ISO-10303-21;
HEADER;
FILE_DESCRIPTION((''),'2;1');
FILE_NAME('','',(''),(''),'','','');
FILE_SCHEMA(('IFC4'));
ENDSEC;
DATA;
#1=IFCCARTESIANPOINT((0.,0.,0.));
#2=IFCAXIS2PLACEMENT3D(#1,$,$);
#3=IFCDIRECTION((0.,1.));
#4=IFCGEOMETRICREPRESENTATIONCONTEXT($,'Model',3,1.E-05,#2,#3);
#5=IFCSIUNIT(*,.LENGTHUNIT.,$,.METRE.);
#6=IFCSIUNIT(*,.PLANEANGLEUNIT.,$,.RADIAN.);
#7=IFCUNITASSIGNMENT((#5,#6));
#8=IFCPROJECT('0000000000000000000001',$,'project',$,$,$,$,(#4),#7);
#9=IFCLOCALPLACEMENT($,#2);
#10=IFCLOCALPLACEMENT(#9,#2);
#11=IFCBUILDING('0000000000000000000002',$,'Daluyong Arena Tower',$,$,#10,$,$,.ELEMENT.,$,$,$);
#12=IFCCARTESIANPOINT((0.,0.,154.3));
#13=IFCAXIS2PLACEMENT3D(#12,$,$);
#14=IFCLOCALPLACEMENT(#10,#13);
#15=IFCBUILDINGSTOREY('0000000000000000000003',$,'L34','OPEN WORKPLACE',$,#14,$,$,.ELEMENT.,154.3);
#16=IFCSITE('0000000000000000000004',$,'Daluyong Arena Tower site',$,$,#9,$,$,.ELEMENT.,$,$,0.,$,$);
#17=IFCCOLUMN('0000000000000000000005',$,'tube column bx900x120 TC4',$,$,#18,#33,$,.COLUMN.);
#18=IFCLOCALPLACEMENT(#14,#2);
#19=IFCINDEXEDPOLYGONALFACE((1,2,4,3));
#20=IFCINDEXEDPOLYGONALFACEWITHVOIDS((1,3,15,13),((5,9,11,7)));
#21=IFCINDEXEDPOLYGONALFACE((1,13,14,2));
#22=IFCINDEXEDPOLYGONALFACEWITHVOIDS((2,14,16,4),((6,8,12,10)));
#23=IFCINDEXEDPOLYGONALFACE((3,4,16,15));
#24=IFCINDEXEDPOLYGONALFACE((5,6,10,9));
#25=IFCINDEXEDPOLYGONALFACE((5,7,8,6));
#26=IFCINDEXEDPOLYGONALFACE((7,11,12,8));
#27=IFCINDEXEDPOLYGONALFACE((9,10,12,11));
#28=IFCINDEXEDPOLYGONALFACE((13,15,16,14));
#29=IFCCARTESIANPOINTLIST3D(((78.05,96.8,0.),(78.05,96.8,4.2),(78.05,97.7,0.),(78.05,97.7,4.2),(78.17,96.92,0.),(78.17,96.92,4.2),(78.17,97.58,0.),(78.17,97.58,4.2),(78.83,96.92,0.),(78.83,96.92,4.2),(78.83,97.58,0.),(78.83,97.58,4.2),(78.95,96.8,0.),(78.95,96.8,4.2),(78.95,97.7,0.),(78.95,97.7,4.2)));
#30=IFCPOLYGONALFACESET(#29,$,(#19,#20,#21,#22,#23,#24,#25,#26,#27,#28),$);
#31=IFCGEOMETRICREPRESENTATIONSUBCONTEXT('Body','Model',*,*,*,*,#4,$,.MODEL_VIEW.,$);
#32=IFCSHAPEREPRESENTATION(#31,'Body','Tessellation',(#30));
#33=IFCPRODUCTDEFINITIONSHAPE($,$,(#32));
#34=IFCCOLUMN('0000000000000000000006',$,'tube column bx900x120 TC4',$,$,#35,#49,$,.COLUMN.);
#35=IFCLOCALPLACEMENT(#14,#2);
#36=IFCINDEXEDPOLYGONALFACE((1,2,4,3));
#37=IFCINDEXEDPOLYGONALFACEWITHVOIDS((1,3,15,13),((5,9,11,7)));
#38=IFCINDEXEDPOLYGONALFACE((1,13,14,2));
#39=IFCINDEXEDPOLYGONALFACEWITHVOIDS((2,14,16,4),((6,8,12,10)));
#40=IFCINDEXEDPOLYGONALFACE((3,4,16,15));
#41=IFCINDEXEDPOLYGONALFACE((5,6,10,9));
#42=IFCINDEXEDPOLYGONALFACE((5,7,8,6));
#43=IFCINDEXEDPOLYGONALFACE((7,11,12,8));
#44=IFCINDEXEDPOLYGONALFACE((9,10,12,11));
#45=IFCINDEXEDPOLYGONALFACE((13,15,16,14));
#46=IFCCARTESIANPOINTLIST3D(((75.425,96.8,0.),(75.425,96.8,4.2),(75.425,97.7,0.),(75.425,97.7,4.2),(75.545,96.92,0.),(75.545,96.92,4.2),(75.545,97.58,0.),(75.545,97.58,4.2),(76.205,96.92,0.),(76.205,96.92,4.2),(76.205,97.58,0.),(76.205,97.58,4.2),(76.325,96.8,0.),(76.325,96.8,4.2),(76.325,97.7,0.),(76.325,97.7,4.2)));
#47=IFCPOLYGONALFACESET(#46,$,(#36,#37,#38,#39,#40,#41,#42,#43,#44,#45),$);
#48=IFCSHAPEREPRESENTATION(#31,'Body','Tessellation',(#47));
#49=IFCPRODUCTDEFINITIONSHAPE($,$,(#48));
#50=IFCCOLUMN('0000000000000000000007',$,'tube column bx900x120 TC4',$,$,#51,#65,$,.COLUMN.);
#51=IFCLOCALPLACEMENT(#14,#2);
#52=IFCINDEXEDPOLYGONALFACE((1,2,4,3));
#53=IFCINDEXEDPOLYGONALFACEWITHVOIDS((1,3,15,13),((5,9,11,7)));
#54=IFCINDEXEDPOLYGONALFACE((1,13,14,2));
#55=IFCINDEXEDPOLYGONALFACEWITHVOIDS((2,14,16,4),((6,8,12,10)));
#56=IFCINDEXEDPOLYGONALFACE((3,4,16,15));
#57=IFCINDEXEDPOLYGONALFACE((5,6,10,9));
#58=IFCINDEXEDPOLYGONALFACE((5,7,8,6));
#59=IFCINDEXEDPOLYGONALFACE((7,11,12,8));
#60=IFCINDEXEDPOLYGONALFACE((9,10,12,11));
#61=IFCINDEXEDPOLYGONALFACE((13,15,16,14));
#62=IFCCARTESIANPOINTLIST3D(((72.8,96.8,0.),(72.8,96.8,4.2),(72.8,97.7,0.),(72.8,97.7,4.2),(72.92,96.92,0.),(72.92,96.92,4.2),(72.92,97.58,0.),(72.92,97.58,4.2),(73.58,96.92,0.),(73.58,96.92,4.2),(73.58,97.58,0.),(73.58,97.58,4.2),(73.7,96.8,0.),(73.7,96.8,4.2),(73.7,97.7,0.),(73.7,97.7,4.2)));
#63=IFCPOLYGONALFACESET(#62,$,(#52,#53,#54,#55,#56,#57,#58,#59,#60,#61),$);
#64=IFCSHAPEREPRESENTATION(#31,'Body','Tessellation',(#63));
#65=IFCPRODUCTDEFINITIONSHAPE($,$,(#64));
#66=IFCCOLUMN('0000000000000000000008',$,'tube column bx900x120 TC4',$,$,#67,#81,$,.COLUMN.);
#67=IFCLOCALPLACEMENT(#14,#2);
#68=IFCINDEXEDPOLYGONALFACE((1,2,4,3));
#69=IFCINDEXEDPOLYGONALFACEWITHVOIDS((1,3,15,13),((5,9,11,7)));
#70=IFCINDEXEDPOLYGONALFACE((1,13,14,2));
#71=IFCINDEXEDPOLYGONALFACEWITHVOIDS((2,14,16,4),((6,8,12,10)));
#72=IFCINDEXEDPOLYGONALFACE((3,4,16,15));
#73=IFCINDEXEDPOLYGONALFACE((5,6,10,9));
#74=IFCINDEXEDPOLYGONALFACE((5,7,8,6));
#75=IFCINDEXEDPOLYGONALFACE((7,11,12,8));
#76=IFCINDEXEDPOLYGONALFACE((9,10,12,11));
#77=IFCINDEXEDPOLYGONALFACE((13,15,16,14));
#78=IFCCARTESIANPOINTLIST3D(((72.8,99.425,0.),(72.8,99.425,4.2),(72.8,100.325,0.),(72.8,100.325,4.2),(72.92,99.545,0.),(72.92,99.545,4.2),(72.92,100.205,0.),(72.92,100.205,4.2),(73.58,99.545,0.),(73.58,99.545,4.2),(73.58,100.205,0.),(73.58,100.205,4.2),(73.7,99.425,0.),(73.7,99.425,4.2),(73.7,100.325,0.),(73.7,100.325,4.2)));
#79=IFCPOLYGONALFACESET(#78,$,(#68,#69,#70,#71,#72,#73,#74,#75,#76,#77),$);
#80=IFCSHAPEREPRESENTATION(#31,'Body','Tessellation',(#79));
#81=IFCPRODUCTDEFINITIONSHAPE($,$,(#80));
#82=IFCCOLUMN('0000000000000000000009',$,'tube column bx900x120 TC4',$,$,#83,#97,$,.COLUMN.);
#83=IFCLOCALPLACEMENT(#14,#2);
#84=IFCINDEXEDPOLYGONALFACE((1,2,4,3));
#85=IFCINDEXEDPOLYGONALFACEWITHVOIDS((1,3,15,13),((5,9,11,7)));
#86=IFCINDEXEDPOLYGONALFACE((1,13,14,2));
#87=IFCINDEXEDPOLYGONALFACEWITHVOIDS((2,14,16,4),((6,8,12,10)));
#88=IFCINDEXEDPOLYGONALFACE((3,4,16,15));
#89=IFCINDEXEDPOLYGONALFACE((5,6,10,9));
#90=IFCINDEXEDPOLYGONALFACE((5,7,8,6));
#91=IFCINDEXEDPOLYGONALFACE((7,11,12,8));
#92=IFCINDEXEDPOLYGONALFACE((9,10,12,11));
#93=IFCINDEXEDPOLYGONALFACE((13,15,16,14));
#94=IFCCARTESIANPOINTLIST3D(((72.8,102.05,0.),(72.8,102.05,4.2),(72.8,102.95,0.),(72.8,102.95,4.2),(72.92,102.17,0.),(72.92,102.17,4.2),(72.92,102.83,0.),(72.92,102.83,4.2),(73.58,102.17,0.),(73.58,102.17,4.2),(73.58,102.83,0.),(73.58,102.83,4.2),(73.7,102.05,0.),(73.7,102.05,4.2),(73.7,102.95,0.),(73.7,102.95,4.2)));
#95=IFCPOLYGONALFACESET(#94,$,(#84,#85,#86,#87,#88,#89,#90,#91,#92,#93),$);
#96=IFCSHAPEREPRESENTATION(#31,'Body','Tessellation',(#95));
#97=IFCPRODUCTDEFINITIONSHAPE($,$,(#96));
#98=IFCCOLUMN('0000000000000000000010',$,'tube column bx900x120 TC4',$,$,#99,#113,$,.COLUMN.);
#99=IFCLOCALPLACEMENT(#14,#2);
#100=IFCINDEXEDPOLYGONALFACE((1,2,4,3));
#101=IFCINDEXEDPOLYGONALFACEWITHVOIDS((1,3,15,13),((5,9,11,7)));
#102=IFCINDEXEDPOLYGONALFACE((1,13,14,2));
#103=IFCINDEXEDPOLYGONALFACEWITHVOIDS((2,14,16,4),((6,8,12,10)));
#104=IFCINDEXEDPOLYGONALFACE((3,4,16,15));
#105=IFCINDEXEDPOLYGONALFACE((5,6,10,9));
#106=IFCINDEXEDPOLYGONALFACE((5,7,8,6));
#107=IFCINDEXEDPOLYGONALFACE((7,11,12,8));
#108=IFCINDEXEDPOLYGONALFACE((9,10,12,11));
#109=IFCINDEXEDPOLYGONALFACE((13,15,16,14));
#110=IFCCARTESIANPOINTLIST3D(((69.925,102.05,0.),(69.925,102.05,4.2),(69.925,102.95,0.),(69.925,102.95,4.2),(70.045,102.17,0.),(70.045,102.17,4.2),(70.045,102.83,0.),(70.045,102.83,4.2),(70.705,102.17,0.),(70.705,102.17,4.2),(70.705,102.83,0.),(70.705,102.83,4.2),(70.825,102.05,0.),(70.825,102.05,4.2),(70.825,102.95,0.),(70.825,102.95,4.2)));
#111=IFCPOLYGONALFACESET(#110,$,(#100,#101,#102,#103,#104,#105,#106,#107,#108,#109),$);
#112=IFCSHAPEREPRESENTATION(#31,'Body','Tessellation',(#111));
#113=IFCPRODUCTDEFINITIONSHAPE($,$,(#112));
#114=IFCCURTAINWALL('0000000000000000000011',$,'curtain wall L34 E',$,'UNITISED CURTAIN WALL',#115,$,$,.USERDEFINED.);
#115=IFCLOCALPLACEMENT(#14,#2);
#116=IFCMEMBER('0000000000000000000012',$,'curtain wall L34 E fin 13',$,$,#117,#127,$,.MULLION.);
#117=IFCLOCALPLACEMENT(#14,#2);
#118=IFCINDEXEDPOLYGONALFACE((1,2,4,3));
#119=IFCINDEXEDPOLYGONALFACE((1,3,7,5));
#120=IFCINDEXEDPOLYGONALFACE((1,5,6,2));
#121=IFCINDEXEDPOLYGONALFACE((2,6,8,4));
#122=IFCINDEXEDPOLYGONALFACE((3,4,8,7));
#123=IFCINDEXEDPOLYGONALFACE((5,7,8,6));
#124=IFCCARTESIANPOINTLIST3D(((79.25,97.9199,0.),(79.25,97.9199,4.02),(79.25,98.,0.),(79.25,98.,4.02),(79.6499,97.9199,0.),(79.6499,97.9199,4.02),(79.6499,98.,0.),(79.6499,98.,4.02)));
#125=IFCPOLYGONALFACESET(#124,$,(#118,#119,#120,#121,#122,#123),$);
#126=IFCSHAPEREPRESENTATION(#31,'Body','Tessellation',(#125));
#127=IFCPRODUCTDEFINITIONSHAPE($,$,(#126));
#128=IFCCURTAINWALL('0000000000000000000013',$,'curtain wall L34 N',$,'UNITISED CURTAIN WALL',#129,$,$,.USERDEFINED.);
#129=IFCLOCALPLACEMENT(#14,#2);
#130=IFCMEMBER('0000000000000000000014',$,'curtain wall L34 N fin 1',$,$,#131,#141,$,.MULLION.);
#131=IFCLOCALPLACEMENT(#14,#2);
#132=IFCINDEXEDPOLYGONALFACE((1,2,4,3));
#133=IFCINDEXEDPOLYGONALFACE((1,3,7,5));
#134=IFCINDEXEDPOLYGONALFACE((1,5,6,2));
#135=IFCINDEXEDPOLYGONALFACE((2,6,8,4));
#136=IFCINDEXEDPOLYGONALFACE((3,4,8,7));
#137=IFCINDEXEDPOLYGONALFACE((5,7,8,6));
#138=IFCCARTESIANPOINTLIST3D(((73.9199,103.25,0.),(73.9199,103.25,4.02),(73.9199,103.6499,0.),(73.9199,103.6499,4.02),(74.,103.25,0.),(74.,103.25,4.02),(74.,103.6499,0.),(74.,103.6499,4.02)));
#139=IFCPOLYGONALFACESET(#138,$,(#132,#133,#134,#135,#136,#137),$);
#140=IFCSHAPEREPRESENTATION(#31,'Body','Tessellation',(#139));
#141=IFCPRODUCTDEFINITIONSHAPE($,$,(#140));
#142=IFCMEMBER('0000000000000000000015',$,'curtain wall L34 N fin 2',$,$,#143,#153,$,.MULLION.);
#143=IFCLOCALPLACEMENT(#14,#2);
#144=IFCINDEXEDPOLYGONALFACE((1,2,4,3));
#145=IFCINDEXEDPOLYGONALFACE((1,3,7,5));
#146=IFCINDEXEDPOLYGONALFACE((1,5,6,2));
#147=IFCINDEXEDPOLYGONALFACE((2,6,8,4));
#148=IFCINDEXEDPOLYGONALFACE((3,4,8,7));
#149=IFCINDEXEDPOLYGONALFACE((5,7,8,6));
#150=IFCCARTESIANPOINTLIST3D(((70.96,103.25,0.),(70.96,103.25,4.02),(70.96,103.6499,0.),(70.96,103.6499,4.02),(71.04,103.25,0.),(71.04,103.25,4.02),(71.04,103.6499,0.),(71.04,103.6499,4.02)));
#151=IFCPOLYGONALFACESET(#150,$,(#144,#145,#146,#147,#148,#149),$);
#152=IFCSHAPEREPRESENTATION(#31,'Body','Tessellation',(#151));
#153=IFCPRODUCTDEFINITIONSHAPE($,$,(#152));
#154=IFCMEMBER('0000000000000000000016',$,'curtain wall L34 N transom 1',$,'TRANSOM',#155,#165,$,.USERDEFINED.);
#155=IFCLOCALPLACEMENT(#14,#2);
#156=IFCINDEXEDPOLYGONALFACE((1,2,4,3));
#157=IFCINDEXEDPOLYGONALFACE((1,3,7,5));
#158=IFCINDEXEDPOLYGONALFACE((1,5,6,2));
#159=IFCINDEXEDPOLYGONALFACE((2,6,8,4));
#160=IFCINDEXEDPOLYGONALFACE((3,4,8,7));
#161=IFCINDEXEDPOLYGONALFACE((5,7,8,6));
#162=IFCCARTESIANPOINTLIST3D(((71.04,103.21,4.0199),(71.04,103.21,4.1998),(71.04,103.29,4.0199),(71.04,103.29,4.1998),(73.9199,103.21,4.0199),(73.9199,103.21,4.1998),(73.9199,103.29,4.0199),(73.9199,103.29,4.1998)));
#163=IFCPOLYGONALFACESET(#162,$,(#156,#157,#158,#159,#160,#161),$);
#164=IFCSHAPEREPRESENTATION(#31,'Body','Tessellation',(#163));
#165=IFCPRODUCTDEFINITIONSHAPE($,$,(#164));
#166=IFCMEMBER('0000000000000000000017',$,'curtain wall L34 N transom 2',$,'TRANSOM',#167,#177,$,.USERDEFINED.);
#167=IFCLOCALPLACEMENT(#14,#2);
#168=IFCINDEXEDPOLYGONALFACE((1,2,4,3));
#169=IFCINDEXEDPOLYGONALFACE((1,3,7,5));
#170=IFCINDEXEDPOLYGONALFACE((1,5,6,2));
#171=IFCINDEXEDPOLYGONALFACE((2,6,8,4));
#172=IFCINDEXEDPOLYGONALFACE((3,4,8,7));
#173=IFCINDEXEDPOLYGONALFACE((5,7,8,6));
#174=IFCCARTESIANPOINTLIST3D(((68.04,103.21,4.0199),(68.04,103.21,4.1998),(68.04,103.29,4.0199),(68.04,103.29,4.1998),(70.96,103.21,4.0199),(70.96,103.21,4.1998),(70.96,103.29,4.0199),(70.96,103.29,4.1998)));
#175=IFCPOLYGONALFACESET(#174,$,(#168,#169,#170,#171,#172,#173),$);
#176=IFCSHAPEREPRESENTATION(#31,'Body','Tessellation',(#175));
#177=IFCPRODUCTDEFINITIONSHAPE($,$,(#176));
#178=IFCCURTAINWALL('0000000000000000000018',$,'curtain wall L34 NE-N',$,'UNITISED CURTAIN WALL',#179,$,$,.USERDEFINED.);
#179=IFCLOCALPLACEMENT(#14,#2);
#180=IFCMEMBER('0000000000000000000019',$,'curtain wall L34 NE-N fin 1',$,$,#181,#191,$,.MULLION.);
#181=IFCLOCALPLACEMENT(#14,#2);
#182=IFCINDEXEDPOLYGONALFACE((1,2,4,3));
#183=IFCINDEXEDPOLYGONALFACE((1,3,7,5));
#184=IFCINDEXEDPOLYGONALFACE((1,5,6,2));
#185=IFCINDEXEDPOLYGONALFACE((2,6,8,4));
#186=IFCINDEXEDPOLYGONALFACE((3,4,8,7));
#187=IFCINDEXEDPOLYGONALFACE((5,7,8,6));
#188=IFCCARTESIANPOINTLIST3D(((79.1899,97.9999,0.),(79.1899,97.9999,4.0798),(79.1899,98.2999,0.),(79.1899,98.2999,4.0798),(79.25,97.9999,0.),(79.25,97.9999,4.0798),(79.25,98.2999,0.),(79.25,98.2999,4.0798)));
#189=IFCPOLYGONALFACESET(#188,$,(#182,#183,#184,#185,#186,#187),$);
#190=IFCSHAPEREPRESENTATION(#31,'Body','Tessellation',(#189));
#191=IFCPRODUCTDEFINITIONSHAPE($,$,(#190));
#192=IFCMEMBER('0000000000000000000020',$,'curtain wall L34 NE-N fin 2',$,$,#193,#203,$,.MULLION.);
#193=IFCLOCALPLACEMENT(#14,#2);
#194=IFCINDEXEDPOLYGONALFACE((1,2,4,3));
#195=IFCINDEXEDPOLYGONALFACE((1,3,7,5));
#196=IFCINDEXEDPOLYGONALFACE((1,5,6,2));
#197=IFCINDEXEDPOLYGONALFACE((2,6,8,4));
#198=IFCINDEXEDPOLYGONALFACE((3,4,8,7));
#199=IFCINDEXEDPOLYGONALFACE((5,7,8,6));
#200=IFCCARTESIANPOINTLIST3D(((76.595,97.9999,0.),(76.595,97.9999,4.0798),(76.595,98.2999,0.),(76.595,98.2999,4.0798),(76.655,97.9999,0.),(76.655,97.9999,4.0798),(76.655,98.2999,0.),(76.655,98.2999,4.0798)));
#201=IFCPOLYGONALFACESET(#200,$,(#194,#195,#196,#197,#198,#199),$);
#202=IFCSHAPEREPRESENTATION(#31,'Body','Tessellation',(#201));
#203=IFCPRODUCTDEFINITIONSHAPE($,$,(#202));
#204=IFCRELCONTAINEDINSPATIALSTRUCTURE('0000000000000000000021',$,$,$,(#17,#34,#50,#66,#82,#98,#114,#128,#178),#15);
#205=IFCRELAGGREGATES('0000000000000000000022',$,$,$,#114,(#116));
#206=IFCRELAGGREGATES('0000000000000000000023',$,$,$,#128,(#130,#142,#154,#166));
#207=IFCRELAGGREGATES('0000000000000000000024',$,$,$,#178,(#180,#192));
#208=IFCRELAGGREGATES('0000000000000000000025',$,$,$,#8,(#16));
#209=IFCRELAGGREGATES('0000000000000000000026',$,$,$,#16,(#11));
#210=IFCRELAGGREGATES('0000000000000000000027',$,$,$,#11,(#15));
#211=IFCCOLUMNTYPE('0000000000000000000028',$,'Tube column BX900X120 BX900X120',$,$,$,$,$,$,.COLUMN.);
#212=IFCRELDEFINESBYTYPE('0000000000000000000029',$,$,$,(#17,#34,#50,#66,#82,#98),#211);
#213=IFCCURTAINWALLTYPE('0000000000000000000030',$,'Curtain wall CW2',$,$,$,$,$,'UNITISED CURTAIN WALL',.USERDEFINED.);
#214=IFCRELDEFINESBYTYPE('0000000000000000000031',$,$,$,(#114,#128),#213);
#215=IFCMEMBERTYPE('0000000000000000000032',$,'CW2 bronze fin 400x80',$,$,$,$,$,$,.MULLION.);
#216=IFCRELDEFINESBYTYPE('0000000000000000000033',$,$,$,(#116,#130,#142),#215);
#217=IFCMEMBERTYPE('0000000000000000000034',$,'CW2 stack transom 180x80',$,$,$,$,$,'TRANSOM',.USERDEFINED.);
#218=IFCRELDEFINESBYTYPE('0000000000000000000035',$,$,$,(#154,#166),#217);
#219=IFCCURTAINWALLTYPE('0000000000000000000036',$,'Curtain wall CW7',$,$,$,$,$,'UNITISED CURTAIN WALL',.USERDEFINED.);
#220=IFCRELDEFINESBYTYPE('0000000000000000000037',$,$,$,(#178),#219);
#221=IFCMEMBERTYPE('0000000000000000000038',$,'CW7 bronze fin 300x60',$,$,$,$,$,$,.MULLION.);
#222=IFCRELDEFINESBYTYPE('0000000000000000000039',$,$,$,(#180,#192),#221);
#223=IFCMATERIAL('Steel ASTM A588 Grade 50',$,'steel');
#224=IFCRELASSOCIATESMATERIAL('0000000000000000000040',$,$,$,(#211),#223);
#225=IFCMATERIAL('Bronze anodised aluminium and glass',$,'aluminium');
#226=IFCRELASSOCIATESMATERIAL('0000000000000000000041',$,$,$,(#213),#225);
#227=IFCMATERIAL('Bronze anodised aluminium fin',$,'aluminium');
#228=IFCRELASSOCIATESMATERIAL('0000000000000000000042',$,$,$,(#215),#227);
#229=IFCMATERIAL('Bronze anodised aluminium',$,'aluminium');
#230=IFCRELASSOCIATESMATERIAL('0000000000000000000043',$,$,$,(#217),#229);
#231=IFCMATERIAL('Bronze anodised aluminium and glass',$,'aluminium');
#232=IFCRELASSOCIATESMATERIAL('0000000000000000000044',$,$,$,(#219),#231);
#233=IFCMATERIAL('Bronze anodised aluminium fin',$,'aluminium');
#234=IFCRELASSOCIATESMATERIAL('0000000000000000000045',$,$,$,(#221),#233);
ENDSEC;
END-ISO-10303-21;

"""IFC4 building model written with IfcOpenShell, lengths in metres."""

from ifc_helpers import new_model, si_unit, direction, frame, origin, origin_2d, place, context, subcontext, project, spatial, rectangle, hollow_rectangle, extrude, material, material_profile, profile_set, type_object, element, aggregate, save


model = new_model("IFC4")

# Units and contexts
model_context = context("Model", 3, precision=1e-05, world=origin(), true_north=direction((0.0, 1.0)))
body_context = subcontext(model_context, "Body", "Model", "MODEL_VIEW")
ifc_project = project(units=[si_unit("LENGTHUNIT", "METRE"), si_unit("PLANEANGLEUNIT", "RADIAN")], contexts=[model_context])

# Site, building, storey
site_placement = place(None, origin())
site = spatial("IfcSite", under=ifc_project, at=site_placement, Name="Daluyong Arena Tower site", CompositionType="ELEMENT", RefElevation=0.0)
building_placement = place(site_placement, origin())
building = spatial("IfcBuilding", under=site, at=building_placement, Name="Daluyong Arena Tower", CompositionType="ELEMENT")
storey_placement = place(building_placement, frame((0.0, 0.0, 154.3)))
storey = spatial("IfcBuildingStorey", under=building, at=storey_placement, Name="L34", Description="OPEN WORKPLACE", CompositionType="ELEMENT", Elevation=154.3)

# Columns
ifc_material_1 = material(Name="Steel ASTM A588 Grade 50", Category="steel")
ifc_material_profile_1 = material_profile(ifc_material_1, hollow_rectangle(XDim=0.8999, YDim=0.8999, WallThickness=0.12, at=origin_2d()))
ifc_profile_set_1 = profile_set([ifc_material_profile_1], Name="Steel ASTM A588 Grade 50")
column_type = type_object("IfcColumnType", Name="Tube column BX900X120 BX900X120", PredefinedType="COLUMN", material=ifc_profile_set_1)
for number, where, z_axis, x_axis, name in (
    (1, (78.5, 97.25, 0.0), (0.0, 0.0, 1.0), (1.0, 0.0, 0.0), "tube column bx900x120 TC4"),
    (2, (75.875, 97.25, 0.0), (0.0, 0.0, 1.0), (1.0, 0.0, 0.0), "tube column bx900x120 TC4"),
    (3, (73.25, 97.25, 0.0), (0.0, 0.0, 1.0), (0.0, 1.0, 0.0), "tube column bx900x120 TC4"),
    (4, (73.25, 99.875, 0.0), (0.0, 0.0, 1.0), (0.0, 1.0, 0.0), "tube column bx900x120 TC4"),
    (5, (73.25, 102.5, 0.0), (0.0, 0.0, 1.0), (1.0, 0.0, 0.0), "tube column bx900x120 TC4"),
    (6, (70.375, 102.5, 0.0), (0.0, 0.0, 1.0), (1.0, 0.0, 0.0), "tube column bx900x120 TC4"),
):
    element("IfcColumn", number, at=place(storey_placement, frame(where, z_axis=z_axis, x_axis=x_axis)), inside=storey, type_object=column_type, Name=name, PredefinedType="COLUMN", context=body_context, shape_type="SweptSolid", body=[
        extrude(hollow_rectangle(XDim=0.8999, YDim=0.8999, WallThickness=0.12, at=origin_2d()), origin(), (0.0, 0.0, 1.0), 4.2),
    ])

# Curtain wall, member
ifc_material_2 = material(Name="Bronze anodised aluminium and glass", Category="aluminium")
curtain_wall_type_1 = type_object("IfcCurtainWallType", Name="Curtain wall CW2", ElementType="UNITISED CURTAIN WALL", PredefinedType="USERDEFINED", material=ifc_material_2)
curtain_wall_1_placement = place(storey_placement, origin())
curtain_wall_1 = element("IfcCurtainWall", 7, at=curtain_wall_1_placement, inside=storey, type_object=curtain_wall_type_1, Name="curtain wall L34 E", ObjectType="UNITISED CURTAIN WALL", PredefinedType="USERDEFINED")
ifc_material_3 = material(Name="Bronze anodised aluminium fin", Category="aluminium")
ifc_material_profile_2 = material_profile(ifc_material_3, rectangle(XDim=0.3999, YDim=0.0801, at=origin_2d()))
ifc_profile_set_2 = profile_set([ifc_material_profile_2], Name="Bronze anodised aluminium fin")
member_type_1 = type_object("IfcMemberType", Name="CW2 bronze fin 400x80", PredefinedType="MULLION", material=ifc_profile_set_2)
member_1_placement = place(storey_placement, frame((79.45, 97.96, 0.0), z_axis=(0.0, 0.0, 1.0), x_axis=(-1.0, 0.0, 0.0)))
member_1 = element("IfcMember", 8, at=member_1_placement, type_object=member_type_1, Name="curtain wall L34 E fin 13", PredefinedType="MULLION", context=body_context, shape_type="SweptSolid", body=[
    extrude(rectangle(XDim=0.3999, YDim=0.0801, at=origin_2d()), origin(), (0.0, 0.0, 1.0), 4.02),
])
aggregate(curtain_wall_1, [member_1])

# Curtain walls, members
curtain_wall_2_placement = place(storey_placement, origin())
curtain_wall_2 = element("IfcCurtainWall", 9, at=curtain_wall_2_placement, inside=storey, type_object=curtain_wall_type_1, Name="curtain wall L34 N", ObjectType="UNITISED CURTAIN WALL", PredefinedType="USERDEFINED")
member_2_placement = place(storey_placement, frame((73.96, 103.45, 0.0), z_axis=(0.0, 0.0, 1.0), x_axis=(0.0, -1.0, 0.0)))
member_2 = element("IfcMember", 10, at=member_2_placement, type_object=member_type_1, Name="curtain wall L34 N fin 1", PredefinedType="MULLION", context=body_context, shape_type="SweptSolid", body=[
    extrude(rectangle(XDim=0.3999, YDim=0.0801, at=origin_2d()), origin(), (0.0, 0.0, 1.0), 4.02),
])
member_3_placement = place(storey_placement, frame((71.0, 103.45, 0.0), z_axis=(0.0, 0.0, 1.0), x_axis=(0.0, -1.0, 0.0)))
member_3 = element("IfcMember", 11, at=member_3_placement, type_object=member_type_1, Name="curtain wall L34 N fin 2", PredefinedType="MULLION", context=body_context, shape_type="SweptSolid", body=[
    extrude(rectangle(XDim=0.3999, YDim=0.0801, at=origin_2d()), origin(), (0.0, 0.0, 1.0), 4.02),
])
ifc_material_4 = material(Name="Bronze anodised aluminium", Category="aluminium")
ifc_material_profile_3 = material_profile(ifc_material_4, rectangle(XDim=0.0801, YDim=0.1799, at=origin_2d()))
ifc_profile_set_3 = profile_set([ifc_material_profile_3], Name="Bronze anodised aluminium")
member_type_2 = type_object("IfcMemberType", Name="CW2 stack transom 180x80", ElementType="TRANSOM", PredefinedType="USERDEFINED", material=ifc_profile_set_3)
member_4_placement = place(storey_placement, frame((73.9199, 103.25, 4.1099), z_axis=(-1.0, 0.0, 0.0), x_axis=(0.0, -1.0, 0.0)))
member_4 = element("IfcMember", 12, at=member_4_placement, type_object=member_type_2, Name="curtain wall L34 N transom 1", ObjectType="TRANSOM", PredefinedType="USERDEFINED", context=body_context, shape_type="SweptSolid", body=[
    extrude(rectangle(XDim=0.0801, YDim=0.1799, at=origin_2d()), origin(), (0.0, 0.0, 1.0), 2.8799),
])
member_5_placement = place(storey_placement, frame((70.96, 103.25, 4.1099), z_axis=(-1.0, 0.0, 0.0), x_axis=(0.0, -1.0, 0.0)))
member_5 = element("IfcMember", 13, at=member_5_placement, type_object=member_type_2, Name="curtain wall L34 N transom 2", ObjectType="TRANSOM", PredefinedType="USERDEFINED", context=body_context, shape_type="SweptSolid", body=[
    extrude(rectangle(XDim=0.0801, YDim=0.1799, at=origin_2d()), origin(), (0.0, 0.0, 1.0), 2.9199),
])
ifc_material_5 = material(Name="Bronze anodised aluminium and glass", Category="aluminium")
curtain_wall_type_2 = type_object("IfcCurtainWallType", Name="Curtain wall CW7", ElementType="UNITISED CURTAIN WALL", PredefinedType="USERDEFINED", material=ifc_material_5)
curtain_wall_3_placement = place(storey_placement, origin())
curtain_wall_3 = element("IfcCurtainWall", 14, at=curtain_wall_3_placement, inside=storey, type_object=curtain_wall_type_2, Name="curtain wall L34 NE-N", ObjectType="UNITISED CURTAIN WALL", PredefinedType="USERDEFINED")
ifc_material_6 = material(Name="Bronze anodised aluminium fin", Category="aluminium")
ifc_material_profile_4 = material_profile(ifc_material_6, rectangle(XDim=0.3, YDim=0.0601, at=origin_2d()))
ifc_profile_set_4 = profile_set([ifc_material_profile_4], Name="Bronze anodised aluminium fin")
member_type_3 = type_object("IfcMemberType", Name="CW7 bronze fin 300x60", PredefinedType="MULLION", material=ifc_profile_set_4)
member_6_placement = place(storey_placement, frame((79.22, 98.1499, 0.0), z_axis=(0.0, 0.0, 1.0), x_axis=(0.0, -1.0, 0.0)))
member_6 = element("IfcMember", 15, at=member_6_placement, type_object=member_type_3, Name="curtain wall L34 NE-N fin 1", PredefinedType="MULLION", context=body_context, shape_type="SweptSolid", body=[
    extrude(rectangle(XDim=0.3, YDim=0.0601, at=origin_2d()), origin(), (0.0, 0.0, 1.0), 4.0798),
])
member_7_placement = place(storey_placement, frame((76.625, 98.1499, 0.0), z_axis=(0.0, 0.0, 1.0), x_axis=(0.0, -1.0, 0.0)))
member_7 = element("IfcMember", 16, at=member_7_placement, type_object=member_type_3, Name="curtain wall L34 NE-N fin 2", PredefinedType="MULLION", context=body_context, shape_type="SweptSolid", body=[
    extrude(rectangle(XDim=0.3, YDim=0.0601, at=origin_2d()), origin(), (0.0, 0.0, 1.0), 4.0798),
])

aggregate(curtain_wall_2, [member_2, member_3, member_4, member_5])
aggregate(curtain_wall_3, [member_6, member_7])

save(model, "model.ifc")
